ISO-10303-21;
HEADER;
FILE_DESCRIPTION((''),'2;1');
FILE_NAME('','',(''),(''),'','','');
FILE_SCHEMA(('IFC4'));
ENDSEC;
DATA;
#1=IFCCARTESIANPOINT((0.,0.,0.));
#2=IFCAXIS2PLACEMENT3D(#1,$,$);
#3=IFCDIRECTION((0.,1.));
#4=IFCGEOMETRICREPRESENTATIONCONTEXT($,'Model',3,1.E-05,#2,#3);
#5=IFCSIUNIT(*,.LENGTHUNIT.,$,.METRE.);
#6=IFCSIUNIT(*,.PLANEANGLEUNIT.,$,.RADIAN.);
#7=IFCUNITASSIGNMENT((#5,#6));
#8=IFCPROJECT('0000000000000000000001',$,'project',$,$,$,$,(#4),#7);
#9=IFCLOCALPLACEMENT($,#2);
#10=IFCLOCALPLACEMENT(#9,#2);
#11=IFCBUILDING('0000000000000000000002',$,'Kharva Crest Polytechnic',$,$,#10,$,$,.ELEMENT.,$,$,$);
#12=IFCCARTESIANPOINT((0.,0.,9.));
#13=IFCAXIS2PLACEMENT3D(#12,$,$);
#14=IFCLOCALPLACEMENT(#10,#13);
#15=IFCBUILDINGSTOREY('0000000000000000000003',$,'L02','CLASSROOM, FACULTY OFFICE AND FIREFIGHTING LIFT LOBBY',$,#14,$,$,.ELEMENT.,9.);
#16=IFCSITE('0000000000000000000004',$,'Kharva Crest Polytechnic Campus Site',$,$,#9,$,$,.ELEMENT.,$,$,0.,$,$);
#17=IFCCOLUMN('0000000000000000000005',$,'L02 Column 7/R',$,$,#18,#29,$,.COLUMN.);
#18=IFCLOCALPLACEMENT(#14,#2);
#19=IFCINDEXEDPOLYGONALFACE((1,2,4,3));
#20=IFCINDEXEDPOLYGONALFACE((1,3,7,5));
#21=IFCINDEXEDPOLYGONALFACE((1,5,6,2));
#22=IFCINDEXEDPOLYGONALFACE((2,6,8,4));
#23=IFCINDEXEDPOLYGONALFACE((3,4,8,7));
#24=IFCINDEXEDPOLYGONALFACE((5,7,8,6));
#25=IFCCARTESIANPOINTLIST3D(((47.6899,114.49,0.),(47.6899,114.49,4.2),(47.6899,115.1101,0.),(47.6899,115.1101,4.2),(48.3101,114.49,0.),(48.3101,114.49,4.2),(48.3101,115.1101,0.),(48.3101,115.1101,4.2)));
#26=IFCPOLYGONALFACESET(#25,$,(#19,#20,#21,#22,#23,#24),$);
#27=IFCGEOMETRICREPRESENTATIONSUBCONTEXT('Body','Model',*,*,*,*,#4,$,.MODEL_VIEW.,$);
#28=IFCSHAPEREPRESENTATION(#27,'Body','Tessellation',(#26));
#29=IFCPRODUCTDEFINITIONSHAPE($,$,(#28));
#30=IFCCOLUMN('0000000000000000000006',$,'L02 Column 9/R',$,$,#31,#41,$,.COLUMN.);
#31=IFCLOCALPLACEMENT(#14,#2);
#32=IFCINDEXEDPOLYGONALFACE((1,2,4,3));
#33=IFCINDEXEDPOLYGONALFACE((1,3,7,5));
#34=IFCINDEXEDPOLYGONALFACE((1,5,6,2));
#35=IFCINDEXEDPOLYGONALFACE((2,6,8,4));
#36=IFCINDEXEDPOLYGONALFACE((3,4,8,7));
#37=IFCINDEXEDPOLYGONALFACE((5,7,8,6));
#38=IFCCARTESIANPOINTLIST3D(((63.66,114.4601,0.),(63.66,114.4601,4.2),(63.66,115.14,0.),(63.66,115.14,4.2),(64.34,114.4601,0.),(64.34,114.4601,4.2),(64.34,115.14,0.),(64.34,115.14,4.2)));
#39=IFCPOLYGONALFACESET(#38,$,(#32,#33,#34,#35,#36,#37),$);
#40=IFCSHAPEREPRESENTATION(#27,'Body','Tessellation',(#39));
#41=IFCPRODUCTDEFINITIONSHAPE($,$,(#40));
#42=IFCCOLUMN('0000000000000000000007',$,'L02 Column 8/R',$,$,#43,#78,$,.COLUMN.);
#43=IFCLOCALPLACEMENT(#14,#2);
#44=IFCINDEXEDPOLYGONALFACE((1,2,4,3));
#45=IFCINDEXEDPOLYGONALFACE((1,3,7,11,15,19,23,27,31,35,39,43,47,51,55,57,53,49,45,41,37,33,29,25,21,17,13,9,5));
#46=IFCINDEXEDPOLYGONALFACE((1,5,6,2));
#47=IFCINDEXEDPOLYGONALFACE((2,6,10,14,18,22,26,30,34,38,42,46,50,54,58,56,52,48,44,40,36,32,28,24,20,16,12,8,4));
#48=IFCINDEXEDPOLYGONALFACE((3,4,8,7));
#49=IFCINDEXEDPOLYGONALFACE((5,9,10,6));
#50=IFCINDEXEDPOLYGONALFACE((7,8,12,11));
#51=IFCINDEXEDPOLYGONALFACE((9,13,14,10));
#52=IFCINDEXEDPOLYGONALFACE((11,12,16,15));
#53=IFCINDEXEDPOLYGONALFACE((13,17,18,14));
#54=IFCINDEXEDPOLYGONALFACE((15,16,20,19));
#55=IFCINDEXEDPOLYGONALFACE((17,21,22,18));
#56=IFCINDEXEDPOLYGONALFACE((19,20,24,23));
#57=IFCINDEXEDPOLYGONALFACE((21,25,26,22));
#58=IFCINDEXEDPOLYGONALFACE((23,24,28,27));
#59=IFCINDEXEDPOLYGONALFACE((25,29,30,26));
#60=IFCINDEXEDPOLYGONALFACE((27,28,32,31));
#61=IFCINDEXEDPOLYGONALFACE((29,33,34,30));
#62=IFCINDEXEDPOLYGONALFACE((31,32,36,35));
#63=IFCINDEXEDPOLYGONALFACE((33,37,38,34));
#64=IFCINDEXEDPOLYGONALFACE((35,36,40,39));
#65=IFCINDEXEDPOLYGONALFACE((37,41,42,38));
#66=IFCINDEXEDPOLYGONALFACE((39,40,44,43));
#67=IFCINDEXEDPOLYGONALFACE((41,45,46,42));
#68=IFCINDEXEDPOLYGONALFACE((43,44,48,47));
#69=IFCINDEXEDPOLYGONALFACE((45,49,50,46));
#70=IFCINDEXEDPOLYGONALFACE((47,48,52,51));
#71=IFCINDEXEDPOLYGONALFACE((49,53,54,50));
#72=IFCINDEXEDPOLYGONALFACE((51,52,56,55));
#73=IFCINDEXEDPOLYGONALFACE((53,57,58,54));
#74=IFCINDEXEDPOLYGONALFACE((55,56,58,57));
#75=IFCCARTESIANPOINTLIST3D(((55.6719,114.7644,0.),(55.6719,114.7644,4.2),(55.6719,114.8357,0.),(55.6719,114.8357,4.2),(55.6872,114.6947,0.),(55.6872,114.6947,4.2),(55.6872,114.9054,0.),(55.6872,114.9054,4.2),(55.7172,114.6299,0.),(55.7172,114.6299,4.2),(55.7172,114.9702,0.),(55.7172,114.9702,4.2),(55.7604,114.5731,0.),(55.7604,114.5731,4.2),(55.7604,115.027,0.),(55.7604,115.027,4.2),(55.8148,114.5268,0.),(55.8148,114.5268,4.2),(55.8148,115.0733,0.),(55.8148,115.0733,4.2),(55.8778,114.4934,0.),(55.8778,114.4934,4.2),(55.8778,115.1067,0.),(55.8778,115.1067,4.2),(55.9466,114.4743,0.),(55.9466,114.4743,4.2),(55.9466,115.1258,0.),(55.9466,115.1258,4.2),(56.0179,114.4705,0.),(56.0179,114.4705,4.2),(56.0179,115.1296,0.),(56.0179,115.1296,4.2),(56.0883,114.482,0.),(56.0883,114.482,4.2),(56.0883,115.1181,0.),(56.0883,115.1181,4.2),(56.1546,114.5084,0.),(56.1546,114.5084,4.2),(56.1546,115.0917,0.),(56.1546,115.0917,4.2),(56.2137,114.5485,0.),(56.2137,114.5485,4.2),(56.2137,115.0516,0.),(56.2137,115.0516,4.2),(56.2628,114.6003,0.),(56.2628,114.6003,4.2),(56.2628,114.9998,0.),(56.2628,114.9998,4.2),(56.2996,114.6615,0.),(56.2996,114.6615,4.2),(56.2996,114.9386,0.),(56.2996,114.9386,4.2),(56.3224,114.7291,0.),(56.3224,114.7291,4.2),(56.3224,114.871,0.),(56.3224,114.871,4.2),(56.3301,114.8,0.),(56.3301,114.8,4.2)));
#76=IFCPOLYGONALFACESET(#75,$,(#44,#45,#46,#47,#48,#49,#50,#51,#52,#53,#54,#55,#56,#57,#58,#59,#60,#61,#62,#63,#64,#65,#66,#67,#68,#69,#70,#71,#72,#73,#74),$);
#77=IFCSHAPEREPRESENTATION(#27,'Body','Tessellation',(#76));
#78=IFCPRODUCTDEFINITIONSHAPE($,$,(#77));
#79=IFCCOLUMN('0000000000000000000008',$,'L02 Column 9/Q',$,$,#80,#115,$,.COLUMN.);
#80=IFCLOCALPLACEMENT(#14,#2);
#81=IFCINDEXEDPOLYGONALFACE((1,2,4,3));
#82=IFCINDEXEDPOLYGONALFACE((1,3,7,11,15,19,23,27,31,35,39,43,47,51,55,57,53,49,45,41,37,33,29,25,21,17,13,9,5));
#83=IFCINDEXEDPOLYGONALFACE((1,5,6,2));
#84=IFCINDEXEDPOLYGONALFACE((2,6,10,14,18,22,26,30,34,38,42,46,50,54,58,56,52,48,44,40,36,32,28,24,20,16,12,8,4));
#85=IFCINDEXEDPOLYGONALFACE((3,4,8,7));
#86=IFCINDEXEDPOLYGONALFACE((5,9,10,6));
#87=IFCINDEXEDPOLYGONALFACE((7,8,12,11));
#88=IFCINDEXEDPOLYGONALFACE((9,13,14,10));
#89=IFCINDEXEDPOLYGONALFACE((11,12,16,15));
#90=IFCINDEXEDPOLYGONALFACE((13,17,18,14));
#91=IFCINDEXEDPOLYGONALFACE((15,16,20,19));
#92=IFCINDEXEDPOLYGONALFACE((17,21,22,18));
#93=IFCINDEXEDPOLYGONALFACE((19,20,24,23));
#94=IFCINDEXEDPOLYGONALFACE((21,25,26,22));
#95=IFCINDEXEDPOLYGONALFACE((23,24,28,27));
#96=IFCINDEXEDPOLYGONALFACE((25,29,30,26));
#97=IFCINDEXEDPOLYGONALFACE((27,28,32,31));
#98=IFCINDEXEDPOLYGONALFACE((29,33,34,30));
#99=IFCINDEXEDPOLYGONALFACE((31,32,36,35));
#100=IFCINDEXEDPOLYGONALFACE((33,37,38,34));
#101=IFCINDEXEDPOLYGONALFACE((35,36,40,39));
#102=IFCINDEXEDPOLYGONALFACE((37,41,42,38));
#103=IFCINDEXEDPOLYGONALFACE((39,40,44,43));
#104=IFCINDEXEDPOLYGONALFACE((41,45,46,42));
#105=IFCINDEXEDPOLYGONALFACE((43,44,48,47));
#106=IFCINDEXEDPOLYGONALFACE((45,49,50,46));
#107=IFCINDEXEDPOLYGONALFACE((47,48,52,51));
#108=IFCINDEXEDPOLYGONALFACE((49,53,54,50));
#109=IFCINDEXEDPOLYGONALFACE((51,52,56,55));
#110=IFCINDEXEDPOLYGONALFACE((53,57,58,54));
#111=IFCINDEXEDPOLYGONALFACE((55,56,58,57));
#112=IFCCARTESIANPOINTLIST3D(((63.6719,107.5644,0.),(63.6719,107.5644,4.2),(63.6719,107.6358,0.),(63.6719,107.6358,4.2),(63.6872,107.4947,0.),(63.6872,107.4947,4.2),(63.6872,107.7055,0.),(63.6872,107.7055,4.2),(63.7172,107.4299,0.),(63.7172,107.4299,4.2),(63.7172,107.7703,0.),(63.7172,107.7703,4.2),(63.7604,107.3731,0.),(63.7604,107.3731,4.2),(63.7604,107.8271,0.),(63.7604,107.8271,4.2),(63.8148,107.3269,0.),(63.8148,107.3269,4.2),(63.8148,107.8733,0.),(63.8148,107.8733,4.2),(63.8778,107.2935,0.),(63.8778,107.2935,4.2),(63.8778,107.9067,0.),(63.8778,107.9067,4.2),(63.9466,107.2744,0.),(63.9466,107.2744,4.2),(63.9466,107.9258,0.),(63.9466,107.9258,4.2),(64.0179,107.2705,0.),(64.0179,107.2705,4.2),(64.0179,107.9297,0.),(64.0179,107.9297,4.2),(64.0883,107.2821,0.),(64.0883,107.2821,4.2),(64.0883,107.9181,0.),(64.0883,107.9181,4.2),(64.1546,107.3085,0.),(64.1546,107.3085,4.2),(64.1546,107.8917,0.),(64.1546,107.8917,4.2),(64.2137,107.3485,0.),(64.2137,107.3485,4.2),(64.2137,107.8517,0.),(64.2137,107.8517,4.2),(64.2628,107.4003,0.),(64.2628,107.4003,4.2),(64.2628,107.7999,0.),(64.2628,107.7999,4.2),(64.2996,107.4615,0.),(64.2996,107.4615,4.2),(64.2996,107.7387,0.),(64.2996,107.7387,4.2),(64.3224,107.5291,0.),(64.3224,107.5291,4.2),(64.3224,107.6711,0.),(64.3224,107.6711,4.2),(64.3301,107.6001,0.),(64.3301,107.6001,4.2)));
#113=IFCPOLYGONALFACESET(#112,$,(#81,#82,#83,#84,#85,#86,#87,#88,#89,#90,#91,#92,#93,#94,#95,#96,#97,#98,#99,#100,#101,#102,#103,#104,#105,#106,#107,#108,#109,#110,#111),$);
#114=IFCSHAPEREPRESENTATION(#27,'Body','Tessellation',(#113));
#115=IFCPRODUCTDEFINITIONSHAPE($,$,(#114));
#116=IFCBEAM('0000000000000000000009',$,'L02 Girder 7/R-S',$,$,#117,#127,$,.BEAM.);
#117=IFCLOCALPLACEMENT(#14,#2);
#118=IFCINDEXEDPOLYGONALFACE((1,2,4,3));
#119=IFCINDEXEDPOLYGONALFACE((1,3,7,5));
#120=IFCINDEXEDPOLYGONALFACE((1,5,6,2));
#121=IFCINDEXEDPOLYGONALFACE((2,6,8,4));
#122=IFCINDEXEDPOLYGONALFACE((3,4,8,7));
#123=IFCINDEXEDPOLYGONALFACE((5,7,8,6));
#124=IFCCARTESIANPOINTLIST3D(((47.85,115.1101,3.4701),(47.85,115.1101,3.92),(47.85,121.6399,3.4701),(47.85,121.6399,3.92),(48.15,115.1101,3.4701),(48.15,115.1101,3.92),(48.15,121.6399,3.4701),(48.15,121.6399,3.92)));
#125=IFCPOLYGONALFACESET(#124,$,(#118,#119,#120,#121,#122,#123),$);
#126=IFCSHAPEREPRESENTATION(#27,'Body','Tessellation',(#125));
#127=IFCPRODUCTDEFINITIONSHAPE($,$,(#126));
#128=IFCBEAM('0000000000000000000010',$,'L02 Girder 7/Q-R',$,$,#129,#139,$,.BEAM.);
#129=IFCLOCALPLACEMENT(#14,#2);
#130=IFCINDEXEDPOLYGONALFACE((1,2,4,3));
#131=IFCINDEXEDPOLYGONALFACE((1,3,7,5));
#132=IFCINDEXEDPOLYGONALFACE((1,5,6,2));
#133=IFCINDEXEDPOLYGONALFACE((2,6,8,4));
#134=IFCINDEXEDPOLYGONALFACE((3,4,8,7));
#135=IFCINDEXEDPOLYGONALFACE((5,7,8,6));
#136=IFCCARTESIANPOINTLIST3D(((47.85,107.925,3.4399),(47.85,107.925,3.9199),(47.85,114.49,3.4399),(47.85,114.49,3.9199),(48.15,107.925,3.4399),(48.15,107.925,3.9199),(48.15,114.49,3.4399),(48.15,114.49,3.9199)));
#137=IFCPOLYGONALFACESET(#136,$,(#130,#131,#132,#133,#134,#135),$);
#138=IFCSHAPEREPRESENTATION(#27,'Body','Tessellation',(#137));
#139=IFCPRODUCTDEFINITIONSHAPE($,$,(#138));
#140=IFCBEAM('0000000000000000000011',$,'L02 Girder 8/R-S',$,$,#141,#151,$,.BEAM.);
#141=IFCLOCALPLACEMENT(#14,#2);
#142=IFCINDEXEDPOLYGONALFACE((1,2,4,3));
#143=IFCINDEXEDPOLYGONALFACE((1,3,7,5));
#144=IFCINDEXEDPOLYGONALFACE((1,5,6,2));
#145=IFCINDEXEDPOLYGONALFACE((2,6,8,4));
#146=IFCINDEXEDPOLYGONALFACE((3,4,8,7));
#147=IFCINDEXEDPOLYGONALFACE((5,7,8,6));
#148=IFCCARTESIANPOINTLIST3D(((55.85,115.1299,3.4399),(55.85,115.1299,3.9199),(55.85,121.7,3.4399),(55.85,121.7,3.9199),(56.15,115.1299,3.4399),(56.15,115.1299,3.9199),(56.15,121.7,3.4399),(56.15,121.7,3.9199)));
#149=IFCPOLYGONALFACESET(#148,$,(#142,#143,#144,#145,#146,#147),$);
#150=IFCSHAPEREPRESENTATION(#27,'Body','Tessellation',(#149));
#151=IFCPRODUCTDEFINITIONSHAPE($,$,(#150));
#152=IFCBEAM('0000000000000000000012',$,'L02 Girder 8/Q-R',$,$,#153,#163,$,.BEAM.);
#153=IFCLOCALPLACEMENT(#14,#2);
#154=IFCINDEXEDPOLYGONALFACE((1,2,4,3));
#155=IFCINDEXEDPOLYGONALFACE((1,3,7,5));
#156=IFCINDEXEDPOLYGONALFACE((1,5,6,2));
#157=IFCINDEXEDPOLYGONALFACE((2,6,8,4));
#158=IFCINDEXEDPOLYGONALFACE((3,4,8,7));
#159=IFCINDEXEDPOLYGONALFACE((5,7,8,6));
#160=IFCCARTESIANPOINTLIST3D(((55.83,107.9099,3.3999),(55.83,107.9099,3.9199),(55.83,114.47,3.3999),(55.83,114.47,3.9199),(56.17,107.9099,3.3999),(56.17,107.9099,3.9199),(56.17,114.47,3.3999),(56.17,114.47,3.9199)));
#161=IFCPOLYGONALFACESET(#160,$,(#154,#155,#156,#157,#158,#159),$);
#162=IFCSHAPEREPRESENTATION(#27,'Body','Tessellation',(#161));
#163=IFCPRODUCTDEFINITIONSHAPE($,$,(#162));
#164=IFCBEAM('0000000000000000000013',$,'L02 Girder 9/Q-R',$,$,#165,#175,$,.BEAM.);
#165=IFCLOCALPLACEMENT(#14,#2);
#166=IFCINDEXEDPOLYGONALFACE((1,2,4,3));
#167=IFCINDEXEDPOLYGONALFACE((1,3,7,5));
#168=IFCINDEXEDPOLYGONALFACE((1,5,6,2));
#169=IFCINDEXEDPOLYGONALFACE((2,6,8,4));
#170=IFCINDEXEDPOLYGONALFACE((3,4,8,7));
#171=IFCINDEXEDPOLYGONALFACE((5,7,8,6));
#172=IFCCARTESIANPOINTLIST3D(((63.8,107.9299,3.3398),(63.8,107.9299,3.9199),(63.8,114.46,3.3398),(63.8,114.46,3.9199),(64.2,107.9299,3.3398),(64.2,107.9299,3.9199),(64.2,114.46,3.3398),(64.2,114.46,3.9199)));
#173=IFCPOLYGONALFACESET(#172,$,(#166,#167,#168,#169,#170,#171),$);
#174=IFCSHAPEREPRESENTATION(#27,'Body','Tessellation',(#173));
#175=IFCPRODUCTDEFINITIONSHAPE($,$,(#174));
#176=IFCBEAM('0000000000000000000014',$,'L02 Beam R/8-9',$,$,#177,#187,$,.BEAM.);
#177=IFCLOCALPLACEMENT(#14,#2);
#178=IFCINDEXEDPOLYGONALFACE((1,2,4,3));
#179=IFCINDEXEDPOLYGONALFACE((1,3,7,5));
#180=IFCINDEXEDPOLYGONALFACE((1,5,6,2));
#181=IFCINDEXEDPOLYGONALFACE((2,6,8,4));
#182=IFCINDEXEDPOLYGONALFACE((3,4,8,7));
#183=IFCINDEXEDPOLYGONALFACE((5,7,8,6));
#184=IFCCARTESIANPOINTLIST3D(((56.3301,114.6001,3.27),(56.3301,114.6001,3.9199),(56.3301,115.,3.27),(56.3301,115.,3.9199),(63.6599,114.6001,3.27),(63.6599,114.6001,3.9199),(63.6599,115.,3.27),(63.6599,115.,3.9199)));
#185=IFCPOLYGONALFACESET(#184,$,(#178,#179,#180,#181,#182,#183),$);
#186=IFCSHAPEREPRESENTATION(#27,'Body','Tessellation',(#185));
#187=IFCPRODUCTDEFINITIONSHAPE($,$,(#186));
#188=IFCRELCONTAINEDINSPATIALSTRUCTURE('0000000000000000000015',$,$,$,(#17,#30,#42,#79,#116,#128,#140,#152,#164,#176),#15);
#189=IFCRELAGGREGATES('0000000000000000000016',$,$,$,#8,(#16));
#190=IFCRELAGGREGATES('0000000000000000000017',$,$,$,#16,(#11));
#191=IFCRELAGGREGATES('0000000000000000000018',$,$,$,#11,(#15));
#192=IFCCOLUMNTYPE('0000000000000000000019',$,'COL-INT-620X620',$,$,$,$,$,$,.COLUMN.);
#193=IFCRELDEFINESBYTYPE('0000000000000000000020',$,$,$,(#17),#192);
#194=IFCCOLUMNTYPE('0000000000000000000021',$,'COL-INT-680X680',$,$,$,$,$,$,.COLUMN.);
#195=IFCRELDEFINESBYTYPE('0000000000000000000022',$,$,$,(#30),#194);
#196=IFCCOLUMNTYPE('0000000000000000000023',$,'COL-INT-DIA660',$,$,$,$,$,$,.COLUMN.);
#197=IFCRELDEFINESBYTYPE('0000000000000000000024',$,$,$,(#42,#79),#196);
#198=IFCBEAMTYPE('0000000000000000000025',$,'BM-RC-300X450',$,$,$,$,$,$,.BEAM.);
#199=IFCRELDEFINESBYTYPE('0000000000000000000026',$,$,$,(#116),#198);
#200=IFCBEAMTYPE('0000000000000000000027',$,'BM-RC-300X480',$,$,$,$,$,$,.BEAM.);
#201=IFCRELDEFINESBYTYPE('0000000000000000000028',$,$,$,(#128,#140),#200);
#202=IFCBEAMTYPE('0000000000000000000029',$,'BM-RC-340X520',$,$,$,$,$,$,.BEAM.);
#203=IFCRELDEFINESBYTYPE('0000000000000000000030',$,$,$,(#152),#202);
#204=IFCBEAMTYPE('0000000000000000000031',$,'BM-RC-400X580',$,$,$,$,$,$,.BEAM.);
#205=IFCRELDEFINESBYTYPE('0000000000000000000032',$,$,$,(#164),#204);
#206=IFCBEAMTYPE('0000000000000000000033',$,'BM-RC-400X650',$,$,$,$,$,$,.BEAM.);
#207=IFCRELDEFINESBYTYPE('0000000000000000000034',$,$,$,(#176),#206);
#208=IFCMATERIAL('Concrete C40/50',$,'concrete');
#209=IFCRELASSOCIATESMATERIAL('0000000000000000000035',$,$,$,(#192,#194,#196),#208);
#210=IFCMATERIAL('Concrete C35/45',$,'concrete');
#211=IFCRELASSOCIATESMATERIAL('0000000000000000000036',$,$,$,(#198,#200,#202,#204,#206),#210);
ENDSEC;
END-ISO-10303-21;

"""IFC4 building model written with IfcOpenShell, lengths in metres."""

from ifc_helpers import new_model, si_unit, direction, frame, origin, origin_2d, place, context, subcontext, project, spatial, rectangle, circle, extrude, material, material_profile, profile_set, type_object, element, save


model = new_model("IFC4")

# Units and contexts
model_context = context("Model", 3, precision=1e-05, world=origin(), true_north=direction((0.0, 1.0)))
body_context = subcontext(model_context, "Body", "Model", "MODEL_VIEW")
ifc_project = project(units=[si_unit("LENGTHUNIT", "METRE"), si_unit("PLANEANGLEUNIT", "RADIAN")], contexts=[model_context])

# Site, building, storey
site_placement = place(None, origin())
site = spatial("IfcSite", under=ifc_project, at=site_placement, Name="Kharva Crest Polytechnic Campus Site", CompositionType="ELEMENT", RefElevation=0.0)
building_placement = place(site_placement, origin())
building = spatial("IfcBuilding", under=site, at=building_placement, Name="Kharva Crest Polytechnic", CompositionType="ELEMENT")
storey_placement = place(building_placement, frame((0.0, 0.0, 9.0)))
storey = spatial("IfcBuildingStorey", under=building, at=storey_placement, Name="L02", Description="CLASSROOM, FACULTY OFFICE AND FIREFIGHTING LIFT LOBBY", CompositionType="ELEMENT", Elevation=9.0)

# Columns
ifc_material_1 = material(Name="Concrete C40/50", Category="concrete")
ifc_material_profile_1 = material_profile(ifc_material_1, rectangle(XDim=0.6201, YDim=0.6201, at=origin_2d()), Name="RECT 620 X 620")
ifc_profile_set_1 = profile_set([ifc_material_profile_1], Name="Concrete C40/50")
column_type_1 = type_object("IfcColumnType", Name="COL-INT-620X620", PredefinedType="COLUMN", material=ifc_profile_set_1)
column_1_placement = place(storey_placement, frame((48.0, 114.8, 0.0), z_axis=(0.0, 0.0, 1.0), x_axis=(1.0, 0.0, 0.0)))
element("IfcColumn", 1, at=column_1_placement, inside=storey, type_object=column_type_1, Name="L02 Column 7/R", PredefinedType="COLUMN", context=body_context, shape_type="SweptSolid", body=[
    extrude(rectangle(XDim=0.6201, YDim=0.6201, at=origin_2d()), origin(), (0.0, 0.0, 1.0), 4.2),
])
ifc_material_profile_2 = material_profile(ifc_material_1, rectangle(XDim=0.6799, YDim=0.6799, at=origin_2d()), Name="RECT 680 X 680")
ifc_profile_set_2 = profile_set([ifc_material_profile_2], Name="Concrete C40/50")
column_type_2 = type_object("IfcColumnType", Name="COL-INT-680X680", PredefinedType="COLUMN", material=ifc_profile_set_2)
column_2_placement = place(storey_placement, frame((64.0, 114.8, 0.0), z_axis=(0.0, 0.0, 1.0), x_axis=(1.0, 0.0, 0.0)))
element("IfcColumn", 2, at=column_2_placement, inside=storey, type_object=column_type_2, Name="L02 Column 9/R", PredefinedType="COLUMN", context=body_context, shape_type="SweptSolid", body=[
    extrude(rectangle(XDim=0.6799, YDim=0.6799, at=origin_2d()), origin(), (0.0, 0.0, 1.0), 4.2),
])
ifc_material_profile_3 = material_profile(ifc_material_1, circle(Radius=0.3301, at=origin_2d()), Name="DIA 660")
ifc_profile_set_3 = profile_set([ifc_material_profile_3], Name="Concrete C40/50")
column_type_3 = type_object("IfcColumnType", Name="COL-INT-DIA660", PredefinedType="COLUMN", material=ifc_profile_set_3)
for number, where, z_axis, x_axis, name in (
    (3, (56.0, 114.8, 0.0), (0.0, 0.0, 1.0), (1.0, 0.0, 0.0), "L02 Column 8/R"),
    (4, (64.0, 107.6001, 0.0), (0.0, 0.0, 1.0), (1.0, 0.0, 0.0), "L02 Column 9/Q"),
):
    element("IfcColumn", number, at=place(storey_placement, frame(where, z_axis=z_axis, x_axis=x_axis)), inside=storey, type_object=column_type_3, Name=name, PredefinedType="COLUMN", context=body_context, shape_type="SweptSolid", body=[
        extrude(circle(Radius=0.3301, at=origin_2d()), origin(), (0.0, 0.0, 1.0), 4.2),
    ])

# Beams
ifc_material_2 = material(Name="Concrete C35/45", Category="concrete")
ifc_material_profile_4 = material_profile(ifc_material_2, rectangle(XDim=0.3, YDim=0.45, at=origin_2d()), Name="RECT 300 X 450")
ifc_profile_set_4 = profile_set([ifc_material_profile_4], Name="Concrete C35/45")
beam_type_1 = type_object("IfcBeamType", Name="BM-RC-300X450", PredefinedType="BEAM", material=ifc_profile_set_4)
beam_1_placement = place(storey_placement, frame((48.0, 115.1101, 3.6951), z_axis=(0.0, 1.0, 0.0), x_axis=(-1.0, 0.0, 0.0)))
element("IfcBeam", 5, at=beam_1_placement, inside=storey, type_object=beam_type_1, Name="L02 Girder 7/R-S", PredefinedType="BEAM", context=body_context, shape_type="SweptSolid", body=[
    extrude(rectangle(XDim=0.3, YDim=0.45, at=origin_2d()), origin(), (0.0, 0.0, 1.0), 6.5298),
])
ifc_material_profile_5 = material_profile(ifc_material_2, rectangle(XDim=0.3, YDim=0.48, at=origin_2d()), Name="RECT 300 X 480")
ifc_profile_set_5 = profile_set([ifc_material_profile_5], Name="Concrete C35/45")
beam_type_2 = type_object("IfcBeamType", Name="BM-RC-300X480", PredefinedType="BEAM", material=ifc_profile_set_5)
beam_2_placement = place(storey_placement, frame((48.0, 107.925, 3.6799), z_axis=(0.0, 1.0, 0.0), x_axis=(-1.0, 0.0, 0.0)))
element("IfcBeam", 6, at=beam_2_placement, inside=storey, type_object=beam_type_2, Name="L02 Girder 7/Q-R", PredefinedType="BEAM", context=body_context, shape_type="SweptSolid", body=[
    extrude(rectangle(XDim=0.3, YDim=0.48, at=origin_2d()), origin(), (0.0, 0.0, 1.0), 6.5649),
])
beam_3_placement = place(storey_placement, frame((56.0, 115.1299, 3.6799), z_axis=(0.0, 1.0, 0.0), x_axis=(-1.0, 0.0, 0.0)))
element("IfcBeam", 7, at=beam_3_placement, inside=storey, type_object=beam_type_2, Name="L02 Girder 8/R-S", PredefinedType="BEAM", context=body_context, shape_type="SweptSolid", body=[
    extrude(rectangle(XDim=0.3, YDim=0.48, at=origin_2d()), origin(), (0.0, 0.0, 1.0), 6.5701),
])
ifc_material_profile_6 = material_profile(ifc_material_2, rectangle(XDim=0.3401, YDim=0.52, at=origin_2d()), Name="RECT 340 X 520")
ifc_profile_set_6 = profile_set([ifc_material_profile_6], Name="Concrete C35/45")
beam_type_3 = type_object("IfcBeamType", Name="BM-RC-340X520", PredefinedType="BEAM", material=ifc_profile_set_6)
beam_4_placement = place(storey_placement, frame((56.0, 107.9099, 3.6599), z_axis=(0.0, 1.0, 0.0), x_axis=(-1.0, 0.0, 0.0)))
element("IfcBeam", 8, at=beam_4_placement, inside=storey, type_object=beam_type_3, Name="L02 Girder 8/Q-R", PredefinedType="BEAM", context=body_context, shape_type="SweptSolid", body=[
    extrude(rectangle(XDim=0.3401, YDim=0.52, at=origin_2d()), origin(), (0.0, 0.0, 1.0), 6.5601),
])
ifc_material_profile_7 = material_profile(ifc_material_2, rectangle(XDim=0.3999, YDim=0.5801, at=origin_2d()), Name="RECT 400 X 580")
ifc_profile_set_7 = profile_set([ifc_material_profile_7], Name="Concrete C35/45")
beam_type_4 = type_object("IfcBeamType", Name="BM-RC-400X580", PredefinedType="BEAM", material=ifc_profile_set_7)
beam_5_placement = place(storey_placement, frame((64.0, 107.9299, 3.6299), z_axis=(0.0, 1.0, 0.0), x_axis=(-1.0, 0.0, 0.0)))
element("IfcBeam", 9, at=beam_5_placement, inside=storey, type_object=beam_type_4, Name="L02 Girder 9/Q-R", PredefinedType="BEAM", context=body_context, shape_type="SweptSolid", body=[
    extrude(rectangle(XDim=0.3999, YDim=0.5801, at=origin_2d()), origin(), (0.0, 0.0, 1.0), 6.53),
])
ifc_material_profile_8 = material_profile(ifc_material_2, rectangle(XDim=0.3999, YDim=0.6499, at=origin_2d()), Name="RECT 400 X 650")
ifc_profile_set_8 = profile_set([ifc_material_profile_8], Name="Concrete C35/45")
beam_type_5 = type_object("IfcBeamType", Name="BM-RC-400X650", PredefinedType="BEAM", material=ifc_profile_set_8)
beam_6_placement = place(storey_placement, frame((56.3301, 114.8, 3.595), z_axis=(1.0, 0.0, 0.0), x_axis=(0.0, 1.0, 0.0)))
element("IfcBeam", 10, at=beam_6_placement, inside=storey, type_object=beam_type_5, Name="L02 Beam R/8-9", PredefinedType="BEAM", context=body_context, shape_type="SweptSolid", body=[
    extrude(rectangle(XDim=0.3999, YDim=0.6499, at=origin_2d()), origin(), (0.0, 0.0, 1.0), 7.3298),
])

save(model, "model.ifc")
